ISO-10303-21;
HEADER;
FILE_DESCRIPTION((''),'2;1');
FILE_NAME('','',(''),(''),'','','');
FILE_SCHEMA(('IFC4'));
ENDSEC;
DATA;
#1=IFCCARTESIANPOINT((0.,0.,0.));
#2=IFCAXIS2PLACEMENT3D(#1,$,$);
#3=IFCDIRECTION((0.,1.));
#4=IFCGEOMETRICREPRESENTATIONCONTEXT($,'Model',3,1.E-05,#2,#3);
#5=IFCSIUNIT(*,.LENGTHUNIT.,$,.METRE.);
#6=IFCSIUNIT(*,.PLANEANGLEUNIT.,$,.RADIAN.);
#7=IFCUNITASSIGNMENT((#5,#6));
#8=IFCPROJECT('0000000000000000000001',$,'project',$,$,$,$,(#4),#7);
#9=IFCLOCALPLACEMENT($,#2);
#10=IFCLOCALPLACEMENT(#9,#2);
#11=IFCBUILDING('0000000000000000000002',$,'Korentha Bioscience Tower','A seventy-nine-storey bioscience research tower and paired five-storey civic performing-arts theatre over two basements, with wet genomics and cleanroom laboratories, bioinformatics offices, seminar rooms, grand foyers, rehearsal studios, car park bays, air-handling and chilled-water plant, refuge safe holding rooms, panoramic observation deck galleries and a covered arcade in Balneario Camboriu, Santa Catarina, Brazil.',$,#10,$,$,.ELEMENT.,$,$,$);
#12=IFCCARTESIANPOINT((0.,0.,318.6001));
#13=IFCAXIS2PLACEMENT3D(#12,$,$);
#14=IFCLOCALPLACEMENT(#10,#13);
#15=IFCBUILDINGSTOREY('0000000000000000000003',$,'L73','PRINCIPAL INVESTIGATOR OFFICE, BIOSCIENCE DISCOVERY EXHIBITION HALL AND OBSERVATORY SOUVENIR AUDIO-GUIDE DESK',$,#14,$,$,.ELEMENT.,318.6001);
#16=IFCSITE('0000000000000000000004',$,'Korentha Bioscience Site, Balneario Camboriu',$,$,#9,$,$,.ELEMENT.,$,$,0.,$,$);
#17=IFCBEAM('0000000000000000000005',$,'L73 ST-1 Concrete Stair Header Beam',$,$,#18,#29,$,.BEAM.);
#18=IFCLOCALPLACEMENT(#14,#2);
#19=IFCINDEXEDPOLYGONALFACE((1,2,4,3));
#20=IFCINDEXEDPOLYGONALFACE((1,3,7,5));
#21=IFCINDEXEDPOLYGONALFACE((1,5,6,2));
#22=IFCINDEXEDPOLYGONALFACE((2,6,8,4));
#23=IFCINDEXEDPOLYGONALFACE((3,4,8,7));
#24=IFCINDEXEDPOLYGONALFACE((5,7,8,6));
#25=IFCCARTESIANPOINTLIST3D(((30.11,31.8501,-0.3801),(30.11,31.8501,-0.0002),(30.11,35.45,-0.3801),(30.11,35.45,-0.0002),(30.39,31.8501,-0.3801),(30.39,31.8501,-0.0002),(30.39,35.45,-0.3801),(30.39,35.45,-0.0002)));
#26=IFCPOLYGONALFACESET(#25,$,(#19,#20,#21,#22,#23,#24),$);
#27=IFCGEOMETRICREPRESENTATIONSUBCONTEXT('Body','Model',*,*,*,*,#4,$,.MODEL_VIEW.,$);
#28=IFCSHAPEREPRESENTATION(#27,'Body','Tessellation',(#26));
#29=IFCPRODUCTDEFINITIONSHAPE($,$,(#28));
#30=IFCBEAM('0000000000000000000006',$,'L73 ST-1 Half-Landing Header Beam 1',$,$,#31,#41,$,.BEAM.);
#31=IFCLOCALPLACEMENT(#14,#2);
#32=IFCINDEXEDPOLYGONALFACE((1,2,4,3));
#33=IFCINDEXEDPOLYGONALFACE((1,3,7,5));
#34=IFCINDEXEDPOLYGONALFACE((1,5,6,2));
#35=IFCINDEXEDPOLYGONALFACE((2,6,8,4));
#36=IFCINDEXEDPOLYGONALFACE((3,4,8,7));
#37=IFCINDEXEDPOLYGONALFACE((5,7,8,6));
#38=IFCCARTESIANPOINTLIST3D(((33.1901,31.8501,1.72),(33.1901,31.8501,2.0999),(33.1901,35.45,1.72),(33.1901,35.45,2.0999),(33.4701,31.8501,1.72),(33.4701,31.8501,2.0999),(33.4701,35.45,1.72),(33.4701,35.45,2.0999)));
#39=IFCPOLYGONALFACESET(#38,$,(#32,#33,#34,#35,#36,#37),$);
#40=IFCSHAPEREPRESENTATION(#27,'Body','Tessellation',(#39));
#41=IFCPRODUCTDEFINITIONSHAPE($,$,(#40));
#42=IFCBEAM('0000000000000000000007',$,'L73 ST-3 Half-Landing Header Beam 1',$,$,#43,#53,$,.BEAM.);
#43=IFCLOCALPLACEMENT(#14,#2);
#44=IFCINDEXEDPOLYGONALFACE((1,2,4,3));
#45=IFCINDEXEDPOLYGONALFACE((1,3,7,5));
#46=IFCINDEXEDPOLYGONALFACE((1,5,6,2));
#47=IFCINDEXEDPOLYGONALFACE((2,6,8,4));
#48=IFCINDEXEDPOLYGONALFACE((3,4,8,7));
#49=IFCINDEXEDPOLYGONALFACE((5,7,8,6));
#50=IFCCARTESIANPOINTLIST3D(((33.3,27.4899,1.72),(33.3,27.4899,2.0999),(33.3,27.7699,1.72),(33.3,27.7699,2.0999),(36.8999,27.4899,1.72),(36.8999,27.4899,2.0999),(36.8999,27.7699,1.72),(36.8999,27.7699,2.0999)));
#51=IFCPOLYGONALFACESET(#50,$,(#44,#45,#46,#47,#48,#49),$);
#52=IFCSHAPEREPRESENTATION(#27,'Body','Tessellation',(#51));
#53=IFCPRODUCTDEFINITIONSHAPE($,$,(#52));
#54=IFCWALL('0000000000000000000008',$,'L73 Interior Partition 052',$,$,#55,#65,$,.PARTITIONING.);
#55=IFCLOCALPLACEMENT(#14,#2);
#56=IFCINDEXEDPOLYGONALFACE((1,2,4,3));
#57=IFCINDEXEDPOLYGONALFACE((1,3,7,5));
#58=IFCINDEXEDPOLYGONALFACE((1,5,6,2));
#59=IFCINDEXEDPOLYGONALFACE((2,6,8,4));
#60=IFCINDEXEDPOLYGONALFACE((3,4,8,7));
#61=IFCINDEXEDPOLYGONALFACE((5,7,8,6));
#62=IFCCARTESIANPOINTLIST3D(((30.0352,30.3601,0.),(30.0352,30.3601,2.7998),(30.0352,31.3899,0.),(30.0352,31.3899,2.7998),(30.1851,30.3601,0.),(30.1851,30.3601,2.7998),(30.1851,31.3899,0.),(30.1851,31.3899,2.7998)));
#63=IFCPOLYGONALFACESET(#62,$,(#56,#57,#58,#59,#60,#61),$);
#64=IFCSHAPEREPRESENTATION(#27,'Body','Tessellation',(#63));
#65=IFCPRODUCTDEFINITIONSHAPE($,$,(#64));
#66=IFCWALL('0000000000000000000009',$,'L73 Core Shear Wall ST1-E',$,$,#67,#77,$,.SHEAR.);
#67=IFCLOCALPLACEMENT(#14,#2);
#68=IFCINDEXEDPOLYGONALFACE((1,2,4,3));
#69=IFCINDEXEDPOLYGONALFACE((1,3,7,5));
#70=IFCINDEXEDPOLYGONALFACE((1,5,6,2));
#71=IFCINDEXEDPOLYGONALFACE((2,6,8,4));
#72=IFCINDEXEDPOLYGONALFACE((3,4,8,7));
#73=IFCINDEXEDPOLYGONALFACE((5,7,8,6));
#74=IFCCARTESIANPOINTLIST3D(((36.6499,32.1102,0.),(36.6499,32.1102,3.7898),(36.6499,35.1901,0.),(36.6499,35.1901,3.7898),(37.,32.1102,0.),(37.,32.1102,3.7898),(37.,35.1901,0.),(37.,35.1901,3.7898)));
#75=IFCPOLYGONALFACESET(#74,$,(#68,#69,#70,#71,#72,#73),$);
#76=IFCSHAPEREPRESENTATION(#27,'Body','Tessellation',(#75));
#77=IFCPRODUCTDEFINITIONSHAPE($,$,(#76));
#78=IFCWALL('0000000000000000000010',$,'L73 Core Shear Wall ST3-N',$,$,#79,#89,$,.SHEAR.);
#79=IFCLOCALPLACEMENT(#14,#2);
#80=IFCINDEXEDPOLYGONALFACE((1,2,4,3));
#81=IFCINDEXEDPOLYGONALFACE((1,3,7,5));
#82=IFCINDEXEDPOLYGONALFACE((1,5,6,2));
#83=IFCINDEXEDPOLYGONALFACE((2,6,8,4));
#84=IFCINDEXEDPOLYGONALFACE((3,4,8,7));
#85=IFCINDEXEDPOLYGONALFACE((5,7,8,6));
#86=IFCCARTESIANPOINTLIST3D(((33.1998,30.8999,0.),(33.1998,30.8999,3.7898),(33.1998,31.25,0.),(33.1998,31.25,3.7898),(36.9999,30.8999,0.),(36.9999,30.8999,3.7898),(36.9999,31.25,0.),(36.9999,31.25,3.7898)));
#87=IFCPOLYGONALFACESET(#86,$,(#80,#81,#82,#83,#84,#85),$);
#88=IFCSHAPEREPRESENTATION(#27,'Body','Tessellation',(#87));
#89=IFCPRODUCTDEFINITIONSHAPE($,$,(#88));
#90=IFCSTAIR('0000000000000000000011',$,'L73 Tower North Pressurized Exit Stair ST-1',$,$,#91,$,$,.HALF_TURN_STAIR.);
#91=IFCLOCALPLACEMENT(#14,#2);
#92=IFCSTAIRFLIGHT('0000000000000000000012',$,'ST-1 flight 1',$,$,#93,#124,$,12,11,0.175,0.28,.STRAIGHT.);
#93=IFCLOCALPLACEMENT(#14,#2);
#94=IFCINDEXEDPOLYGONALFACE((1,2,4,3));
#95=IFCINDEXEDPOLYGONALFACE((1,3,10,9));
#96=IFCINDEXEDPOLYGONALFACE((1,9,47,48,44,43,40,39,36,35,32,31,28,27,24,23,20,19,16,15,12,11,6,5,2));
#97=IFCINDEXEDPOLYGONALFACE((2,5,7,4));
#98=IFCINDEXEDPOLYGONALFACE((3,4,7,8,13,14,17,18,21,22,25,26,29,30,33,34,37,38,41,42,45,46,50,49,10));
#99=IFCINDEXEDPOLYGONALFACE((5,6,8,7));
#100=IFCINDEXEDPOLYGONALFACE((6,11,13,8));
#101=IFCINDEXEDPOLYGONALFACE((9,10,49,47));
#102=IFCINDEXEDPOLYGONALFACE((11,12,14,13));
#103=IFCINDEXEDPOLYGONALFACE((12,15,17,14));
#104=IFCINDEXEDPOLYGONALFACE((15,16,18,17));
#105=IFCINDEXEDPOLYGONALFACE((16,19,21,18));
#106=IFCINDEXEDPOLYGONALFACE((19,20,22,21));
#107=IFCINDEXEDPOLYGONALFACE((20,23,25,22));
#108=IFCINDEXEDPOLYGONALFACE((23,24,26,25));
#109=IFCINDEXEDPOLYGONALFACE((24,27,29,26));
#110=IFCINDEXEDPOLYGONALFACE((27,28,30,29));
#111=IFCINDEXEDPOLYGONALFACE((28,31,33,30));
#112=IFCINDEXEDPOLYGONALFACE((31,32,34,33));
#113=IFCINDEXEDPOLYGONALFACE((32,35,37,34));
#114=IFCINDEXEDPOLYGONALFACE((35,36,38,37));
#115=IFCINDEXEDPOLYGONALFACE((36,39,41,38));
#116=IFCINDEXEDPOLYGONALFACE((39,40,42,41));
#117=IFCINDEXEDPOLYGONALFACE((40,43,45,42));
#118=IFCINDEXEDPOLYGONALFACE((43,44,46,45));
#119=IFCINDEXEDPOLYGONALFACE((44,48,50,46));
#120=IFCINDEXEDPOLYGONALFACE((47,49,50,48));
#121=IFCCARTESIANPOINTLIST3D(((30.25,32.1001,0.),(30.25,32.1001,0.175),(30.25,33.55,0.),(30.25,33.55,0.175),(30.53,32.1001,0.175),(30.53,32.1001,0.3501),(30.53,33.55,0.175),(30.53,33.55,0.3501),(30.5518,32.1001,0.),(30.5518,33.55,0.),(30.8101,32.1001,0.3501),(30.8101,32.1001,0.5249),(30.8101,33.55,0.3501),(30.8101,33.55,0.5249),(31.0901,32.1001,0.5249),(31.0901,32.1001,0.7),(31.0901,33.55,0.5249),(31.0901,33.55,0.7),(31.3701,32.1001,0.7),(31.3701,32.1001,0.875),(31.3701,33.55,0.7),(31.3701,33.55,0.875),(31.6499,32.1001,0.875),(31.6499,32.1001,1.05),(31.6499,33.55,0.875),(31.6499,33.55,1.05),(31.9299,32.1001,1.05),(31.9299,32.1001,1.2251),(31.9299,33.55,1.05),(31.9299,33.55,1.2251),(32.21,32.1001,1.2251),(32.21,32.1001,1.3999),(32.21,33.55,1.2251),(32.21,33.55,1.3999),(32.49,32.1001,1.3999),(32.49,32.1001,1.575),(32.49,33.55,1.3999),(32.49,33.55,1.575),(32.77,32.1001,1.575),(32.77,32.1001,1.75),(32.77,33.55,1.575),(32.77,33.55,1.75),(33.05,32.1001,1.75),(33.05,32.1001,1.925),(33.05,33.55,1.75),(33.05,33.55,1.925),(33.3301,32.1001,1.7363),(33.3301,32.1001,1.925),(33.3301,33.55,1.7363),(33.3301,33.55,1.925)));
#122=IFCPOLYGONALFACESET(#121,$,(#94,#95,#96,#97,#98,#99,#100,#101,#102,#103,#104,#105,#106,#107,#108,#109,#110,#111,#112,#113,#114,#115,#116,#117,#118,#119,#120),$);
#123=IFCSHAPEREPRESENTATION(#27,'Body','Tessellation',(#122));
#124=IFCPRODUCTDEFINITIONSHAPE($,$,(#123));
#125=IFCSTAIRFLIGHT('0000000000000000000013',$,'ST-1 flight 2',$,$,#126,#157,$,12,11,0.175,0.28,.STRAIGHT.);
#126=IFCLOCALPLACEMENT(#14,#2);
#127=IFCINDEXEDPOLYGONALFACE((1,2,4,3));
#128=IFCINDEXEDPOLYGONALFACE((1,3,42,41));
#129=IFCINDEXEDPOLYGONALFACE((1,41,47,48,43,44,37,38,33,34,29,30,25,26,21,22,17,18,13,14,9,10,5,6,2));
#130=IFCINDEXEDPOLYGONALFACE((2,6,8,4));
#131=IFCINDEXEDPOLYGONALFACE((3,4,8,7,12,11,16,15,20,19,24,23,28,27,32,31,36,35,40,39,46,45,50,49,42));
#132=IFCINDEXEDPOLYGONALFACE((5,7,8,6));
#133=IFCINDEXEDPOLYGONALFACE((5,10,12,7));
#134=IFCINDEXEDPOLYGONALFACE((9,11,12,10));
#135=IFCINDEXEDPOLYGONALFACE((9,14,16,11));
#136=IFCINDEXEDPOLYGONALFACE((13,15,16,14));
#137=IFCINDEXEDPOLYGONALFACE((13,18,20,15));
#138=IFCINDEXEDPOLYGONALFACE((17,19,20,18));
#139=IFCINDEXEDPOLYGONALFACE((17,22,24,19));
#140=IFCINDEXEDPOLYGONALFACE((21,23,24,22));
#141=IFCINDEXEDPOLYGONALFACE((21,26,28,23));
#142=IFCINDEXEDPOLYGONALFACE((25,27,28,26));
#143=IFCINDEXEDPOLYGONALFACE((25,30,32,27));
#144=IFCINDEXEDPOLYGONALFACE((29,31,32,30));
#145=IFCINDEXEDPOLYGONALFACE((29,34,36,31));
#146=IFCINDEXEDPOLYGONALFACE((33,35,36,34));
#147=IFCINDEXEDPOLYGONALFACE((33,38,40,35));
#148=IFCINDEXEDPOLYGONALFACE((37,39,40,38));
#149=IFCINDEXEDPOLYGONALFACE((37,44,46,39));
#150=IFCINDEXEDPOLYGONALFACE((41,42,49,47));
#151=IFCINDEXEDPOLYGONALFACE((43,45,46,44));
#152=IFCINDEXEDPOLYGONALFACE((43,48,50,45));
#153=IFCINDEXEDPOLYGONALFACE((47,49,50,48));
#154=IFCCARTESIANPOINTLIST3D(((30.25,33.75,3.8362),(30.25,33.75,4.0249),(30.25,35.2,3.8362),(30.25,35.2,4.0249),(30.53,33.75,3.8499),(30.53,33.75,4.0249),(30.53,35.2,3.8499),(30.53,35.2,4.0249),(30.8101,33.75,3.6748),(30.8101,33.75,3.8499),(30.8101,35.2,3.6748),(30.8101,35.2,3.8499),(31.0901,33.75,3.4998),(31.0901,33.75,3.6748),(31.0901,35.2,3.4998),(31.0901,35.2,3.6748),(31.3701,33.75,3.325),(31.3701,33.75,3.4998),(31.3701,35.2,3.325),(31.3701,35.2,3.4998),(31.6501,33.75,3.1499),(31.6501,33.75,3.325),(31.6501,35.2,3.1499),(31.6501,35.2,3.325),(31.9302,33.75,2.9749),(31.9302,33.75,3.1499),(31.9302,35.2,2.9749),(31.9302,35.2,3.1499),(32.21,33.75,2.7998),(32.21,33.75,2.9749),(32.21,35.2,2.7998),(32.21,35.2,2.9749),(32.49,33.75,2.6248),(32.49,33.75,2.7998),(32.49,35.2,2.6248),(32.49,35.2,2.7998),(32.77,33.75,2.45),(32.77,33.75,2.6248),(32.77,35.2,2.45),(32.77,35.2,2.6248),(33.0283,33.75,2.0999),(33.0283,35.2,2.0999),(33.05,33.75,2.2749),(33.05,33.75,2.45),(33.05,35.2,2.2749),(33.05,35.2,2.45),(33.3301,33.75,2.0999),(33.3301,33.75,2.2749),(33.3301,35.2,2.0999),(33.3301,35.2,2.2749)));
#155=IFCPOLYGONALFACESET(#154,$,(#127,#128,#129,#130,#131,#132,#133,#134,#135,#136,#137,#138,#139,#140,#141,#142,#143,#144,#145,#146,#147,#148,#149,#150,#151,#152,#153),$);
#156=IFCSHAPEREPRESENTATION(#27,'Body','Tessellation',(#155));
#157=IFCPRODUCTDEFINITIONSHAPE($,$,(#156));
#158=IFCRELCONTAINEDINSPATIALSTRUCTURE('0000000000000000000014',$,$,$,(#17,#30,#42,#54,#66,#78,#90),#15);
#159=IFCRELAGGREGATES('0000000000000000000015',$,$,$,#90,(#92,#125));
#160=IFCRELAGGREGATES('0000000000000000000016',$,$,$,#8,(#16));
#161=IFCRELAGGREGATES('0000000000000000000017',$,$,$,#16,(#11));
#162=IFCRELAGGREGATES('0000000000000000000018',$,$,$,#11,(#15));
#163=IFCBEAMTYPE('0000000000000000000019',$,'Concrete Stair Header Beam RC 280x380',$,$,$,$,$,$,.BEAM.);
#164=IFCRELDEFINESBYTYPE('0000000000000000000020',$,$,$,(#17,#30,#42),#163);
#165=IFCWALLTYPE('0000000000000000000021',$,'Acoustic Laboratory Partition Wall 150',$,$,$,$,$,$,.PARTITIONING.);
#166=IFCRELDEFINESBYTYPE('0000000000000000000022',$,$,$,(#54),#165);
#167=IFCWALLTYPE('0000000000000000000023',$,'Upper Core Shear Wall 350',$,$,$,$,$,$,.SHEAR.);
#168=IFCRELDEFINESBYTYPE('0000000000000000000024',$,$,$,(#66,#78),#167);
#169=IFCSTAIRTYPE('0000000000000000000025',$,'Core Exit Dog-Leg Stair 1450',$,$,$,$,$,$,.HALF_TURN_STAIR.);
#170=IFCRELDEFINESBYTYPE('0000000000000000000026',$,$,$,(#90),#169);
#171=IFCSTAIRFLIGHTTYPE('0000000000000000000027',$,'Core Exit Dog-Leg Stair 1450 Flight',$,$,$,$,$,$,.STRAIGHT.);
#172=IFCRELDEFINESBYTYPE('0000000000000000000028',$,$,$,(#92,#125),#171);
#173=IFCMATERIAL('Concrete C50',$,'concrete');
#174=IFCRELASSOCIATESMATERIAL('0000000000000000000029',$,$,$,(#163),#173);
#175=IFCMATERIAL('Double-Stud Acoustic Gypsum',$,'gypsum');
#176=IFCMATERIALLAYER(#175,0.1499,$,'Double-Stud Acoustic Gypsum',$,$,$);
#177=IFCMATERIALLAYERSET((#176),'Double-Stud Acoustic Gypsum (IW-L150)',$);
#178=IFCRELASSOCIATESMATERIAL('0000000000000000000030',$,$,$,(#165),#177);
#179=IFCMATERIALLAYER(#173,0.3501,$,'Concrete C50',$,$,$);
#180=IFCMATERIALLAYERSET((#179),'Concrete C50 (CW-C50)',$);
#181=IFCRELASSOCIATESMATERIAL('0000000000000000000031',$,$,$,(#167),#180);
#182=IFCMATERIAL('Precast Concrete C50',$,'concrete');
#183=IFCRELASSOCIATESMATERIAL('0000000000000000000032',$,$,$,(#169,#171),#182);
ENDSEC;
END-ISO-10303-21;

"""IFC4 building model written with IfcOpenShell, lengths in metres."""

from ifc_helpers import new_model, si_unit, direction, frame, frame_2d, origin, origin_2d, place, context, subcontext, project, spatial, polyline, rectangle, outline, extrude, material, layer, layer_set, material_profile, profile_set, type_object, element, aggregate, save


model = new_model("IFC4")

# Units and contexts
model_context = context("Model", 3, precision=1e-05, world=origin(), true_north=direction((0.0, 1.0)))
body_context = subcontext(model_context, "Body", "Model", "MODEL_VIEW")
ifc_project = project(units=[si_unit("LENGTHUNIT", "METRE"), si_unit("PLANEANGLEUNIT", "RADIAN")], contexts=[model_context])

# Site, building, storey
site_placement = place(None, origin())
site = spatial("IfcSite", under=ifc_project, at=site_placement, Name="Korentha Bioscience Site, Balneario Camboriu", CompositionType="ELEMENT", RefElevation=0.0)
building_placement = place(site_placement, origin())
building = spatial("IfcBuilding", under=site, at=building_placement, Name="Korentha Bioscience Tower", Description="A seventy-nine-storey bioscience research tower and paired five-storey civic performing-arts theatre over two basements, with wet genomics and cleanroom laboratories, bioinformatics offices, seminar rooms, grand foyers, rehearsal studios, car park bays, air-handling and chilled-water plant, refuge safe holding rooms, panoramic observation deck galleries and a covered arcade in Balneario Camboriu, Santa Catarina, Brazil.", CompositionType="ELEMENT")
storey_placement = place(building_placement, frame((0.0, 0.0, 318.6001)))
storey = spatial("IfcBuildingStorey", under=building, at=storey_placement, Name="L73", Description="PRINCIPAL INVESTIGATOR OFFICE, BIOSCIENCE DISCOVERY EXHIBITION HALL AND OBSERVATORY SOUVENIR AUDIO-GUIDE DESK", CompositionType="ELEMENT", Elevation=318.6001)

# Beams
ifc_material_1 = material(Name="Concrete C50", Category="concrete")
ifc_material_profile = material_profile(ifc_material_1, rectangle(XDim=0.28, YDim=0.3799, at=origin_2d()), Name="Concrete C50")
ifc_profile_set = profile_set([ifc_material_profile], Name="Concrete C50 (ST-HB380)")
beam_type = type_object("IfcBeamType", Name="Concrete Stair Header Beam RC 280x380", PredefinedType="BEAM", material=ifc_profile_set)
for number, where, z_axis, x_axis, name in (
    (1, (30.25, 31.8501, -0.1902), (0.0, 1.0, 0.0), (-1.0, 0.0, 0.0), "L73 ST-1 Concrete Stair Header Beam"),
    (2, (33.3301, 31.8501, 1.9099), (0.0, 1.0, 0.0), (-1.0, 0.0, 0.0), "L73 ST-1 Half-Landing Header Beam 1"),
    (3, (36.8999, 27.6299, 1.9099), (-1.0, 0.0, 0.0), (0.0, -1.0, 0.0), "L73 ST-3 Half-Landing Header Beam 1"),
):
    element("IfcBeam", number, at=place(storey_placement, frame(where, z_axis=z_axis, x_axis=x_axis)), inside=storey, type_object=beam_type, Name=name, PredefinedType="BEAM", context=body_context, shape_type="SweptSolid", body=[
        extrude(rectangle(XDim=0.28, YDim=0.3799, at=origin_2d()), origin(), (0.0, 0.0, 1.0), 3.5999),
    ])

# Walls
ifc_material_2 = material(Name="Double-Stud Acoustic Gypsum", Category="gypsum")
ifc_layer_1 = layer(ifc_material_2, 0.1499, Name="Double-Stud Acoustic Gypsum")
ifc_layer_set_1 = layer_set([ifc_layer_1], Name="Double-Stud Acoustic Gypsum (IW-L150)")
wall_type_1 = type_object("IfcWallType", Name="Acoustic Laboratory Partition Wall 150", PredefinedType="PARTITIONING", material=ifc_layer_set_1)
wall_1_placement = place(storey_placement, frame((30.1101, 31.3899, 0.0), z_axis=(0.0, 0.0, 1.0), x_axis=(0.0, -1.0, 0.0)))
element("IfcWall", 4, at=wall_1_placement, inside=storey, type_object=wall_type_1, Name="L73 Interior Partition 052", PredefinedType="PARTITIONING", context=body_context, shape_type="SweptSolid", body=[
    extrude(rectangle(XDim=1.0298, YDim=0.1499, at=frame_2d((0.5149, 0.0))), origin(), (0.0, 0.0, 1.0), 2.7998),
])
ifc_layer_2 = layer(ifc_material_1, 0.3501, Name="Concrete C50")
ifc_layer_set_2 = layer_set([ifc_layer_2], Name="Concrete C50 (CW-C50)")
wall_type_2 = type_object("IfcWallType", Name="Upper Core Shear Wall 350", PredefinedType="SHEAR", material=ifc_layer_set_2)
wall_2_placement = place(storey_placement, frame((36.825, 32.1101, 0.0), z_axis=(0.0, 0.0, 1.0), x_axis=(0.0, 1.0, 0.0)))
element("IfcWall", 5, at=wall_2_placement, inside=storey, type_object=wall_type_2, Name="L73 Core Shear Wall ST1-E", PredefinedType="SHEAR", context=body_context, shape_type="SweptSolid", body=[
    extrude(rectangle(XDim=3.0798, YDim=0.3501, at=frame_2d((1.54, 0.0))), origin(), (0.0, 0.0, 1.0), 3.7898),
])
wall_3_placement = place(storey_placement, frame((33.2, 31.075, 0.0), z_axis=(0.0, 0.0, 1.0), x_axis=(1.0, 0.0, 0.0)))
element("IfcWall", 6, at=wall_3_placement, inside=storey, type_object=wall_type_2, Name="L73 Core Shear Wall ST3-N", PredefinedType="SHEAR", context=body_context, shape_type="SweptSolid", body=[
    extrude(rectangle(XDim=3.8, YDim=0.3501, at=frame_2d((1.8999, 0.0))), origin(), (0.0, 0.0, 1.0), 3.7898),
])

# Stair, stair flights
ifc_material_3 = material(Name="Precast Concrete C50", Category="concrete")
stair_type = type_object("IfcStairType", Name="Core Exit Dog-Leg Stair 1450", PredefinedType="HALF_TURN_STAIR", material=ifc_material_3)
stair_1_placement = place(storey_placement, origin())
stair_1 = element("IfcStair", 7, at=stair_1_placement, inside=storey, type_object=stair_type, Name="L73 Tower North Pressurized Exit Stair ST-1", PredefinedType="HALF_TURN_STAIR")
stair_flight_type = type_object("IfcStairFlightType", Name="Core Exit Dog-Leg Stair 1450 Flight", PredefinedType="STRAIGHT", material=ifc_material_3)
stair_flight_1_placement = place(storey_placement, frame((30.25, 32.825, 0.0), z_axis=(0.0, 0.0, 1.0), x_axis=(1.0, 0.0, 0.0)))
stair_flight_1 = element("IfcStairFlight", 8, at=stair_flight_1_placement, type_object=stair_flight_type, Name="ST-1 flight 1", NumberOfRisers=12, NumberOfTreads=11, PredefinedType="STRAIGHT", RiserHeight=0.175, TreadLength=0.28, context=body_context, shape_type="SweptSolid", body=[
    extrude(outline(polyline([(0.0, 0.0), (0.0, 0.175), (0.28, 0.175), (0.28, 0.3501), (0.5601, 0.3501), (0.5601, 0.5249), (0.8401, 0.5249), (0.8401, 0.7), (1.1201, 0.7), (1.1201, 0.875), (1.3999, 0.875), (1.3999, 1.05), (1.6799, 1.05), (1.6799, 1.2251), (1.96, 1.2251), (1.96, 1.3999), (2.24, 1.3999), (2.24, 1.575), (2.52, 1.575), (2.52, 1.75), (2.8, 1.75), (2.8, 1.925), (3.0801, 1.925), (3.0801, 2.1001), (3.0801, 1.7363), (0.3018, 0.0), (0.0, 0.0)])), frame((0.0, 0.7251, 0.0), z_axis=(0.0, -1.0, 0.0), x_axis=(1.0, 0.0, 0.0)), (0.0, 0.0, 1.0), 1.45),
])
stair_flight_2_placement = place(storey_placement, frame((33.3301, 34.4751, 2.0999), z_axis=(0.0, 0.0, 1.0), x_axis=(-1.0, 0.0, 0.0)))
stair_flight_2 = element("IfcStairFlight", 9, at=stair_flight_2_placement, type_object=stair_flight_type, Name="ST-1 flight 2", NumberOfRisers=12, NumberOfTreads=11, PredefinedType="STRAIGHT", RiserHeight=0.175, TreadLength=0.28, context=body_context, shape_type="SweptSolid", body=[
    extrude(outline(polyline([(0.0, 0.0), (0.0, 0.175), (0.28, 0.175), (0.28, 0.3501), (0.5601, 0.3501), (0.5601, 0.5249), (0.8401, 0.5249), (0.8401, 0.7), (1.1201, 0.7), (1.1201, 0.875), (1.3999, 0.875), (1.3999, 1.05), (1.6799, 1.05), (1.6799, 1.2251), (1.96, 1.2251), (1.96, 1.3999), (2.24, 1.3999), (2.24, 1.575), (2.52, 1.575), (2.52, 1.75), (2.8, 1.75), (2.8, 1.925), (3.0801, 1.925), (3.0801, 2.1001), (3.0801, 1.7363), (0.3018, 0.0), (0.0, 0.0)])), frame((0.0, 0.7251, 0.0), z_axis=(0.0, -1.0, 0.0), x_axis=(1.0, 0.0, 0.0)), (0.0, 0.0, 1.0), 1.45),
])
aggregate(stair_1, [stair_flight_1, stair_flight_2])

save(model, "model.ifc")
